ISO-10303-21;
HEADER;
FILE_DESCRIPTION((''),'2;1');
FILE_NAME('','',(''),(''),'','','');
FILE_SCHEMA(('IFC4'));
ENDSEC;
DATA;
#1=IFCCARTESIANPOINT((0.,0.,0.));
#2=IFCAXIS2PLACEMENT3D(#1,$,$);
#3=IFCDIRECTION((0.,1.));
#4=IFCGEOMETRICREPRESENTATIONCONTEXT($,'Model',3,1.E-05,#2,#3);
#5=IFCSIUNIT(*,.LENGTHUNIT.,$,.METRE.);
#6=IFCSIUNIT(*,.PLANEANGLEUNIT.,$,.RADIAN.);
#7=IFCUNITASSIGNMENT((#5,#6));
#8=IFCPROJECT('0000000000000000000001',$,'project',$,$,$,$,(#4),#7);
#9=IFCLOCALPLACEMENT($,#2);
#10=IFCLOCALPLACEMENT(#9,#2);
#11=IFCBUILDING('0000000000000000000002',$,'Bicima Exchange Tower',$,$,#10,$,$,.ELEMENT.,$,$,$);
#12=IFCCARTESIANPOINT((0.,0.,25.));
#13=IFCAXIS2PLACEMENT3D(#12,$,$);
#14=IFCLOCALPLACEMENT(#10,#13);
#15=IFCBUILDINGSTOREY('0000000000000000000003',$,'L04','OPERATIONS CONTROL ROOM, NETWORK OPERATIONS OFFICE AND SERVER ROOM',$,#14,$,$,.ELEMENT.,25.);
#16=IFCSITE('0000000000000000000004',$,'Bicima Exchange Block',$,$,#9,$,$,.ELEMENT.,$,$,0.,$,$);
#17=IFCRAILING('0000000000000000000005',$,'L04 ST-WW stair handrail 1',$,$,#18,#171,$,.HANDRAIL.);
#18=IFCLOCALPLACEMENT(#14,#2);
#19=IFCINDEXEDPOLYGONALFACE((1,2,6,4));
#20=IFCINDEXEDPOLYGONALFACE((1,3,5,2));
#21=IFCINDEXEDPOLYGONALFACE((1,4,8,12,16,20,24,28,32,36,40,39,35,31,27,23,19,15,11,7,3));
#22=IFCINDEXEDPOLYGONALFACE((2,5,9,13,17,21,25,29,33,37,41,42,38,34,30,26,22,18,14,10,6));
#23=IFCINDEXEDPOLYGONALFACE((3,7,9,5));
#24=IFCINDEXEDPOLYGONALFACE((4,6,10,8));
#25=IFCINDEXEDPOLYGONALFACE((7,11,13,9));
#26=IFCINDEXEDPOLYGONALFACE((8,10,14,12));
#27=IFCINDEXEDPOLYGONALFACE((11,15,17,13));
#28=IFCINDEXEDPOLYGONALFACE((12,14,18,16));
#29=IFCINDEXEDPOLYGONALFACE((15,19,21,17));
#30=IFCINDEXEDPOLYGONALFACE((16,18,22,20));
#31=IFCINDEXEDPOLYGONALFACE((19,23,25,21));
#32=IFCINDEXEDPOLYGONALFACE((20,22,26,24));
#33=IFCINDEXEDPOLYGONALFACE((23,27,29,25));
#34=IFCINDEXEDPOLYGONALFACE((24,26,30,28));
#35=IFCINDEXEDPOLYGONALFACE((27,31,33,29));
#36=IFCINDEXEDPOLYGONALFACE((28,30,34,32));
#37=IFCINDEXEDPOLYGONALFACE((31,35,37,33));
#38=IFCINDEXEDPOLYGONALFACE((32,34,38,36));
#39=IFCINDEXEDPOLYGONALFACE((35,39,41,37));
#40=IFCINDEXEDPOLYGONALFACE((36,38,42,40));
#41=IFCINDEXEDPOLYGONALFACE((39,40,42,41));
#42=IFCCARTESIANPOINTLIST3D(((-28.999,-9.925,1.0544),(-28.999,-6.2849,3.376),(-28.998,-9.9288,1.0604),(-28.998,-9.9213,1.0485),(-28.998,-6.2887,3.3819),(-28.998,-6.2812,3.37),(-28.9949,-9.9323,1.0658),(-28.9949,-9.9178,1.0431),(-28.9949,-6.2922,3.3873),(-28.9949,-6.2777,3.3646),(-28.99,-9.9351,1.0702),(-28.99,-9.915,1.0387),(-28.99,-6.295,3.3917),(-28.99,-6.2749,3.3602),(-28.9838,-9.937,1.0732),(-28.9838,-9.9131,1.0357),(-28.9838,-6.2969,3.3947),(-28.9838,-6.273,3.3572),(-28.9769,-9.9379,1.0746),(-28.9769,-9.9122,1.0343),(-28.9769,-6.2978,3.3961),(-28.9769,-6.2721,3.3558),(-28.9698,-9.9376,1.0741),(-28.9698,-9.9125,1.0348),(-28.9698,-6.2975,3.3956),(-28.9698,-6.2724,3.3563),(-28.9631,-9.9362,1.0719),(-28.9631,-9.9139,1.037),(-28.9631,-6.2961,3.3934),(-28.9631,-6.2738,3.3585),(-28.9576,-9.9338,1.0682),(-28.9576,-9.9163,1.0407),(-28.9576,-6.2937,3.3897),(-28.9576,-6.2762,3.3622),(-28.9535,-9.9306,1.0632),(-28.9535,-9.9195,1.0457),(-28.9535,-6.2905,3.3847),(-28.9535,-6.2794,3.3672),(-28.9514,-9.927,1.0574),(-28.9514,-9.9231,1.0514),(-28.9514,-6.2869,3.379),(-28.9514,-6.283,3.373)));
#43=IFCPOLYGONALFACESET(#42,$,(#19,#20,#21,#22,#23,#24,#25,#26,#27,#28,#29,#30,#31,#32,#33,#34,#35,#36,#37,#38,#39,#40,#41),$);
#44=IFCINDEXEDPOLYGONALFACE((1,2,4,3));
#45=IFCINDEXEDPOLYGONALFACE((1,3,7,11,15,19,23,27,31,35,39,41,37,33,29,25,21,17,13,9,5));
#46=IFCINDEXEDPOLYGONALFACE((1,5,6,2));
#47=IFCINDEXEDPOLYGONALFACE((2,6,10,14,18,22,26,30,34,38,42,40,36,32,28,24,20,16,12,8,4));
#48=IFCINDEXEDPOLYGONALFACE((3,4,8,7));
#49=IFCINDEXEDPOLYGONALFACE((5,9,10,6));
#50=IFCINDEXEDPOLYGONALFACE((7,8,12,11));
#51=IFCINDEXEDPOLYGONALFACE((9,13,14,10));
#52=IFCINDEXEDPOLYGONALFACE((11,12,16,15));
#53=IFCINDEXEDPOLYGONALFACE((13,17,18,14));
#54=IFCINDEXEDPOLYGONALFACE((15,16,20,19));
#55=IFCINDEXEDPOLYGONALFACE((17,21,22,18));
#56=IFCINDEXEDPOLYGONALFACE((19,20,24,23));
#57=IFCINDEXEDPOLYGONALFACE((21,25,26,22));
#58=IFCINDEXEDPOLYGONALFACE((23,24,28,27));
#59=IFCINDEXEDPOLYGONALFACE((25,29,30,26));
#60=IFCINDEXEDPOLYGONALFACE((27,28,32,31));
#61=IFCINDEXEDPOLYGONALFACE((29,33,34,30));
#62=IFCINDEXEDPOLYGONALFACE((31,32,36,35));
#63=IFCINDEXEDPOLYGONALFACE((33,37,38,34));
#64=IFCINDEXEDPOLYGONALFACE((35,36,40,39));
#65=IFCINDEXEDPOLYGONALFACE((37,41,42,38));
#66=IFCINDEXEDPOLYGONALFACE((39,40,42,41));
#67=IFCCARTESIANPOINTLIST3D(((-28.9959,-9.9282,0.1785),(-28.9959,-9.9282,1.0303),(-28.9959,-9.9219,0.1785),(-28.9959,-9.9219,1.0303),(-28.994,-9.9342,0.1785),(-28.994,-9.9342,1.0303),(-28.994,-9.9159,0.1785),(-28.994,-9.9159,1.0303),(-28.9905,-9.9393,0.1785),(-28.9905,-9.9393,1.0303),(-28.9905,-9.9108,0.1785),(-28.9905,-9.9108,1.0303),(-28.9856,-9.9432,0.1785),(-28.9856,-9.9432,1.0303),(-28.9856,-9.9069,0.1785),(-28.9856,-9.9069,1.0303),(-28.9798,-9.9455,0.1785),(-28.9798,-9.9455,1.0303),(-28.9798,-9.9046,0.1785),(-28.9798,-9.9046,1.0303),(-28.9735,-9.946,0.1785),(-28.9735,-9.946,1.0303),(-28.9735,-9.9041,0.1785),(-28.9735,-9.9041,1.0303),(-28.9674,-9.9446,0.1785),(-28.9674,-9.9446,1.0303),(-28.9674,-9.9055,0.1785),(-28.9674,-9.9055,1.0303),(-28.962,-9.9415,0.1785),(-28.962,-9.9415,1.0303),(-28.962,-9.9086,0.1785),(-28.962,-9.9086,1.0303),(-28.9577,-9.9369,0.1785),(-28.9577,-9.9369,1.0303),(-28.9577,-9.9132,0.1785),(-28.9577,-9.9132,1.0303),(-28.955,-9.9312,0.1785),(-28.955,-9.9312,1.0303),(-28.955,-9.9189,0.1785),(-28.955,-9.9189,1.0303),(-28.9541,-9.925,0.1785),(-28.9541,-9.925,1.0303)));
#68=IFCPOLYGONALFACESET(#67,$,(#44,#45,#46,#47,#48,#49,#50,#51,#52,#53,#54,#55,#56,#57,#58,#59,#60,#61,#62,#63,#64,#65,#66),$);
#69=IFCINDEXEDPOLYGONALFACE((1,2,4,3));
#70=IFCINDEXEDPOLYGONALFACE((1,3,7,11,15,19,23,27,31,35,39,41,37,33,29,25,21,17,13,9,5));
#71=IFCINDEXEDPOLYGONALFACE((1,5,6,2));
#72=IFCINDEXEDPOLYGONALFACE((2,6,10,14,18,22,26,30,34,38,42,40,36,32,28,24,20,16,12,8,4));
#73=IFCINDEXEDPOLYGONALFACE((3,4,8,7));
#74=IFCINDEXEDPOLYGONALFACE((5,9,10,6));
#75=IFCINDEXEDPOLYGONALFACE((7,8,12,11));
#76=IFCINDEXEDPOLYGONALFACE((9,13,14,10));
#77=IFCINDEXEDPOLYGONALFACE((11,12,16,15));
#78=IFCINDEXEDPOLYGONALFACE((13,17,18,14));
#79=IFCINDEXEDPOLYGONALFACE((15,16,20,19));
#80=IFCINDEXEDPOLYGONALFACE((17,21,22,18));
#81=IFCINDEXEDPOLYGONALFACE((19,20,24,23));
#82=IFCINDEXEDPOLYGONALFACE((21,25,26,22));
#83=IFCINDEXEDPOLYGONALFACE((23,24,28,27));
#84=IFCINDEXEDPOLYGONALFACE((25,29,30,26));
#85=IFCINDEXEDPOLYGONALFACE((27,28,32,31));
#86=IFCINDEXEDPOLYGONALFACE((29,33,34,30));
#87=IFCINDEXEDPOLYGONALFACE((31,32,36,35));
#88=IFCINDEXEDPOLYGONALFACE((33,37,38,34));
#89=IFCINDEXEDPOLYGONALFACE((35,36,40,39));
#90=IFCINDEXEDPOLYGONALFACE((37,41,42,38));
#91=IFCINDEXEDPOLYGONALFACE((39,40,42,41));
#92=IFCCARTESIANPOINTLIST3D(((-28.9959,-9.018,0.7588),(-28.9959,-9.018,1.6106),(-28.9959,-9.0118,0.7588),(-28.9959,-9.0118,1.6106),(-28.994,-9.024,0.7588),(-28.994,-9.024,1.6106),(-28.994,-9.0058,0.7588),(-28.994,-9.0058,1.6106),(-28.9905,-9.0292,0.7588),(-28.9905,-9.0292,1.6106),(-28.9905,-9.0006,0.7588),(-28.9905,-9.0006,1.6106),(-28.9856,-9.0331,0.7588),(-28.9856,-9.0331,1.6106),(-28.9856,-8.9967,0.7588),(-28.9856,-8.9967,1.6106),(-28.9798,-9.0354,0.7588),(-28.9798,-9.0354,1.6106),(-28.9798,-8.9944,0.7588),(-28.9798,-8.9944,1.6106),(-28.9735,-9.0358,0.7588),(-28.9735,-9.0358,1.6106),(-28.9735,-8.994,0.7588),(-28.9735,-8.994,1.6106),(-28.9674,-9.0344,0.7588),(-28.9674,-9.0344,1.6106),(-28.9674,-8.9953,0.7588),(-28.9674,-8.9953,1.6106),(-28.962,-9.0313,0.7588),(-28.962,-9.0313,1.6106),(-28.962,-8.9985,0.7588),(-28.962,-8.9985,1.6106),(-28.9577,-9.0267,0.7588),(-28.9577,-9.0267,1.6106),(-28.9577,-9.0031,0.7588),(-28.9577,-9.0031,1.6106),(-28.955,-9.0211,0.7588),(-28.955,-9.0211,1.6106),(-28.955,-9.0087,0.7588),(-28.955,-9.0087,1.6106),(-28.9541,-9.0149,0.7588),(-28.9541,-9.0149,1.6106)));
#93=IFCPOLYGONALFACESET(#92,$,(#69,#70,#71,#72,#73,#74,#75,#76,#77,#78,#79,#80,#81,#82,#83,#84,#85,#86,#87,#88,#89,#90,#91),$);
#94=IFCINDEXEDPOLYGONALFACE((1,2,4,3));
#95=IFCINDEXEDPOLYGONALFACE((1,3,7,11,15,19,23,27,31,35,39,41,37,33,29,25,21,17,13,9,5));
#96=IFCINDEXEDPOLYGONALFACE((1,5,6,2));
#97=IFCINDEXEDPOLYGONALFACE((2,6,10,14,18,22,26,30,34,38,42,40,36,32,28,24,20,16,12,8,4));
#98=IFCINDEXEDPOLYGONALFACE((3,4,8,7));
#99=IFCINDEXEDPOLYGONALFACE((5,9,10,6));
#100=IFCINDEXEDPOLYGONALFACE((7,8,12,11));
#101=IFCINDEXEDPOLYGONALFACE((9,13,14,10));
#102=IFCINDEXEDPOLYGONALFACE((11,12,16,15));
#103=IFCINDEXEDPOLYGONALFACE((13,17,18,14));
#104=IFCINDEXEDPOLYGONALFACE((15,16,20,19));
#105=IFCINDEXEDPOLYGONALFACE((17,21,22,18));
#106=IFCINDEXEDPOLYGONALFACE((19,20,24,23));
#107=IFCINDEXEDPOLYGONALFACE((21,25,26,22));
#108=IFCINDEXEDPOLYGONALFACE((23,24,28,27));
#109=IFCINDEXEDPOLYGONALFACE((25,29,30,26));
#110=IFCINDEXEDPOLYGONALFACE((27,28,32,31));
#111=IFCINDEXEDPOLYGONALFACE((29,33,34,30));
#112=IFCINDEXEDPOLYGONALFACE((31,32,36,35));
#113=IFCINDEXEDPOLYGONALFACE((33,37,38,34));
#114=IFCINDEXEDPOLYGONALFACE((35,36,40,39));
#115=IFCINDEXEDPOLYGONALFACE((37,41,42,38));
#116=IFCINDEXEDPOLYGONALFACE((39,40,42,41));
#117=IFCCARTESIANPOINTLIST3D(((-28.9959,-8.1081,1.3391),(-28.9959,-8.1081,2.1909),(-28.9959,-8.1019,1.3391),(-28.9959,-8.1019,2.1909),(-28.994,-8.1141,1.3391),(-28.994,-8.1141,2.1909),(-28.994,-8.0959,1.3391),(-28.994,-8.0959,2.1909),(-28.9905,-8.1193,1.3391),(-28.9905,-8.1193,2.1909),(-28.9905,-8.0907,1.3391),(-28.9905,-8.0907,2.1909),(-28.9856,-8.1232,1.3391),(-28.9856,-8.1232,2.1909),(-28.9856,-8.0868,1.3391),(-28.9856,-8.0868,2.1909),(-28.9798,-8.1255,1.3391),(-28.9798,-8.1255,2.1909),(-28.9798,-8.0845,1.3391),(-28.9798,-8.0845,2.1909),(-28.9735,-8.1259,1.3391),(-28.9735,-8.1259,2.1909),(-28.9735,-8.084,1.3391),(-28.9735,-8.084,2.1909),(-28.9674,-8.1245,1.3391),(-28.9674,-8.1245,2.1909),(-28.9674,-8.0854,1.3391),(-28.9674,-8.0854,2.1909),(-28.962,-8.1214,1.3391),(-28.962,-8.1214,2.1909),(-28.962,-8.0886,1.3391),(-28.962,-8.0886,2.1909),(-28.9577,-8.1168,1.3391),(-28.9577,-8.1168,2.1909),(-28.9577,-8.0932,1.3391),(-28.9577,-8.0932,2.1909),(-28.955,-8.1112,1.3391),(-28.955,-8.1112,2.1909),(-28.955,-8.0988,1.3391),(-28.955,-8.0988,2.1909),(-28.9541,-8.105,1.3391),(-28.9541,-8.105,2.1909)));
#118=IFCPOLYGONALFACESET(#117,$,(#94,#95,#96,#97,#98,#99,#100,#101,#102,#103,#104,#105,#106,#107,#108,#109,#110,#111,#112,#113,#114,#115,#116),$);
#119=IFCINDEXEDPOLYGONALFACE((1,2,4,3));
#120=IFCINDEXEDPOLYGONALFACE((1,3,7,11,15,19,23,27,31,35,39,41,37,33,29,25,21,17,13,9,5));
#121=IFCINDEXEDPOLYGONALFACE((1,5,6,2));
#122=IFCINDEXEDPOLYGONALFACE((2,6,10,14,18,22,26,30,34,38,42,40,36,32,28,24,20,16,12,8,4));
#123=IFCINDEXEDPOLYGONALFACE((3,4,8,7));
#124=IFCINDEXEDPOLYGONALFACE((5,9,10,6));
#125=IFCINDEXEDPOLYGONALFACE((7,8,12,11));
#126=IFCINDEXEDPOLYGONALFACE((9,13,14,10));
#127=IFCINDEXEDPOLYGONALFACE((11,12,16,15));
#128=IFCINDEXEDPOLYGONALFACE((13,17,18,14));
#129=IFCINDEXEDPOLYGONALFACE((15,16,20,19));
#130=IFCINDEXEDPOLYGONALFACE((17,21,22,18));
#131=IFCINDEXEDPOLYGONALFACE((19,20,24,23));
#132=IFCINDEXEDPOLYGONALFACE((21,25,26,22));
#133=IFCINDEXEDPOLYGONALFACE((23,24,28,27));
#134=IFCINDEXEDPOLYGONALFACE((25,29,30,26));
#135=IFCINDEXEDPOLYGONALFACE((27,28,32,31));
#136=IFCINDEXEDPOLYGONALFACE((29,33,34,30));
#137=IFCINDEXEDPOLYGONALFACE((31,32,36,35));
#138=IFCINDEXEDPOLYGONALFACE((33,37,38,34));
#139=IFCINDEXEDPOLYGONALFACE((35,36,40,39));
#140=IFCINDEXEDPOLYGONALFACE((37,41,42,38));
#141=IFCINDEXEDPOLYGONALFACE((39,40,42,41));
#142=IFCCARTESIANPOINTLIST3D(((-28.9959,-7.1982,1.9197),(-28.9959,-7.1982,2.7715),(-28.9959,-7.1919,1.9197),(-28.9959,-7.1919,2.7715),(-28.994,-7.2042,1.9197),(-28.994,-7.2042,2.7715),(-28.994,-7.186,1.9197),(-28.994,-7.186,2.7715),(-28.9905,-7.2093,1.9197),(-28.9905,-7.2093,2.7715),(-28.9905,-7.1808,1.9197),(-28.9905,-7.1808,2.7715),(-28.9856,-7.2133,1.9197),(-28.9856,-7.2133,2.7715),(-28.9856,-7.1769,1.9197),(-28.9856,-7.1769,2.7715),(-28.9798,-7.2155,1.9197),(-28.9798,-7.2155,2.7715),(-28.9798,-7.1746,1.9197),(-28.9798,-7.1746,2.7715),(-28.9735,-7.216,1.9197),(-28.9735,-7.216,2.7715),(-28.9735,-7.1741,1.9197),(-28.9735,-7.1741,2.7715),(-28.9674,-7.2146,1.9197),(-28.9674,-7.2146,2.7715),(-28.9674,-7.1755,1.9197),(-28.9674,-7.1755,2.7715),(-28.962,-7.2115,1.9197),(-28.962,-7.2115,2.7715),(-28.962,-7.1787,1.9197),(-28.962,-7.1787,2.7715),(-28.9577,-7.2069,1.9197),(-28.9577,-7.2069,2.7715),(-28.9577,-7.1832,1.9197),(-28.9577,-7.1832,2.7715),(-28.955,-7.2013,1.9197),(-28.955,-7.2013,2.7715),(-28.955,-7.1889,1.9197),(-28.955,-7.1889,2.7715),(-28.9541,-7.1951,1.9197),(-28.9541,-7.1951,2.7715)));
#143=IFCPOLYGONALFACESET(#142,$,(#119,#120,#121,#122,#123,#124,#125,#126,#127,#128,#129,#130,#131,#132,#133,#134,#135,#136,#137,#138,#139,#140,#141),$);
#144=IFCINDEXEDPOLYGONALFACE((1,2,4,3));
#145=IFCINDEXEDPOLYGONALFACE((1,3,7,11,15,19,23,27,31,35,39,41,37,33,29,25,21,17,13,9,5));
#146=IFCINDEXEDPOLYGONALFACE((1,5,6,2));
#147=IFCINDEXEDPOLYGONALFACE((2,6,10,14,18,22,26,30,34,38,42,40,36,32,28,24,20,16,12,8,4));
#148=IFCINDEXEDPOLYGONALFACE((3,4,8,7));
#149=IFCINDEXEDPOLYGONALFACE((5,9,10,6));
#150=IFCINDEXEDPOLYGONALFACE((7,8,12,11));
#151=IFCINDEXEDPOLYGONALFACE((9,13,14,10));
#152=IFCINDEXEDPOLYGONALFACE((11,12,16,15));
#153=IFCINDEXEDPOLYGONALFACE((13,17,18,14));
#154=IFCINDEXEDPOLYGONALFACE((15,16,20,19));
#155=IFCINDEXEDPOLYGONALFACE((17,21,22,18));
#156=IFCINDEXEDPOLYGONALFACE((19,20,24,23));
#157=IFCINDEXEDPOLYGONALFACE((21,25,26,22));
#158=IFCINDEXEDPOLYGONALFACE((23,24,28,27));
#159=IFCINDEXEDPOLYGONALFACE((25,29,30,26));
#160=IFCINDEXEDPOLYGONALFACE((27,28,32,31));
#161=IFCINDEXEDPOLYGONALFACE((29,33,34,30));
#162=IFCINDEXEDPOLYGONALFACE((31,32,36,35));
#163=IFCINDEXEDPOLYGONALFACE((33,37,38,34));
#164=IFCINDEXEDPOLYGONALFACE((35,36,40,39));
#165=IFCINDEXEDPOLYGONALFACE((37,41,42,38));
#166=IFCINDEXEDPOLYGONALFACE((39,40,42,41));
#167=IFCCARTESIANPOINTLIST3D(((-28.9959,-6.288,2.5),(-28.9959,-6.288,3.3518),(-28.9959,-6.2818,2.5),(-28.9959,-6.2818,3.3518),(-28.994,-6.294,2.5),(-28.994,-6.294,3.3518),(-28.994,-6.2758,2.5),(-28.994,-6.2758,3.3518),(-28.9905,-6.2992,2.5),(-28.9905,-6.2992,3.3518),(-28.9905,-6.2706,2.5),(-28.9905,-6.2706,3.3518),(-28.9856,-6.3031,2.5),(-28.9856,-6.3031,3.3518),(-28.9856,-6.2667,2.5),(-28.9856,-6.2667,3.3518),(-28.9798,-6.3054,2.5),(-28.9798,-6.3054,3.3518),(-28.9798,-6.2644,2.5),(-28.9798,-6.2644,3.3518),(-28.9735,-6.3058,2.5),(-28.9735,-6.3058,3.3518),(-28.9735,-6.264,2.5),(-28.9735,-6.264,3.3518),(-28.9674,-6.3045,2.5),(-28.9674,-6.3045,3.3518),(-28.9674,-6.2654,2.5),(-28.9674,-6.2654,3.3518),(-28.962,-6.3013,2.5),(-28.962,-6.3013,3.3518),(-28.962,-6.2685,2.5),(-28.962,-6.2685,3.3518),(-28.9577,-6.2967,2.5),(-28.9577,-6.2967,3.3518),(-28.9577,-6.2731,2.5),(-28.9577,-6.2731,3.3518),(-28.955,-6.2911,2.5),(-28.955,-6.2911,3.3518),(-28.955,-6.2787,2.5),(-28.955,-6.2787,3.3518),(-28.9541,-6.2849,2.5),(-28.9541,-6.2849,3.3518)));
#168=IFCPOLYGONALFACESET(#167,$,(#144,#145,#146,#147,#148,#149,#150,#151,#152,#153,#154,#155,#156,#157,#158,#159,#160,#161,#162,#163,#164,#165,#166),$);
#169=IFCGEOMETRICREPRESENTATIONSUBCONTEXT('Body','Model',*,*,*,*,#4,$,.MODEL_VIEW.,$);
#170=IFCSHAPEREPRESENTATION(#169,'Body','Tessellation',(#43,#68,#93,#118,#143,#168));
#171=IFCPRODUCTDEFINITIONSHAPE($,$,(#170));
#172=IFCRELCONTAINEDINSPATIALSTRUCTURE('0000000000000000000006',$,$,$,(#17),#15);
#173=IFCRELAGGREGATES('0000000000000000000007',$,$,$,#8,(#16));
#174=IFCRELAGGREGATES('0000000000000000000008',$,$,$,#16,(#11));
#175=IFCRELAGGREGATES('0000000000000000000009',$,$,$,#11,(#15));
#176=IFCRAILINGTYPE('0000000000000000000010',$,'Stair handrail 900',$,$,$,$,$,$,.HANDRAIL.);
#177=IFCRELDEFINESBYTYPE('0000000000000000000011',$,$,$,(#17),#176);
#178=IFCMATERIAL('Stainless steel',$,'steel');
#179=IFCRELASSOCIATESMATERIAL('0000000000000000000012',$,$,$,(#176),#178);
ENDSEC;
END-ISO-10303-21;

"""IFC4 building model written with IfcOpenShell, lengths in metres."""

from ifc_helpers import new_model, si_unit, direction, frame, origin, origin_2d, place, context, subcontext, project, spatial, circle, extrude, material, type_object, element, save


model = new_model("IFC4")

# Units and contexts
model_context = context("Model", 3, precision=1e-05, world=origin(), true_north=direction((0.0, 1.0)))
body_context = subcontext(model_context, "Body", "Model", "MODEL_VIEW")
ifc_project = project(units=[si_unit("LENGTHUNIT", "METRE"), si_unit("PLANEANGLEUNIT", "RADIAN")], contexts=[model_context])

# Site, building, storey
site_placement = place(None, origin())
site = spatial("IfcSite", under=ifc_project, at=site_placement, Name="Bicima Exchange Block", CompositionType="ELEMENT", RefElevation=0.0)
building_placement = place(site_placement, origin())
building = spatial("IfcBuilding", under=site, at=building_placement, Name="Bicima Exchange Tower", CompositionType="ELEMENT")
storey_placement = place(building_placement, frame((0.0, 0.0, 25.0)))
storey = spatial("IfcBuildingStorey", under=building, at=storey_placement, Name="L04", Description="OPERATIONS CONTROL ROOM, NETWORK OPERATIONS OFFICE AND SERVER ROOM", CompositionType="ELEMENT", Elevation=25.0)

# Railing
ifc_material_1 = material(Name="Stainless steel", Category="steel")
railing_type_1 = type_object("IfcRailingType", Name="Stair handrail 900", PredefinedType="HANDRAIL", material=ifc_material_1)
railing_1_placement = place(storey_placement, frame((-28.9751, -9.925, 0.1785)))
element("IfcRailing", 1, at=railing_1_placement, inside=storey, type_object=railing_type_1, Name="L04 ST-WW stair handrail 1", PredefinedType="HANDRAIL", context=body_context, shape_type="SweptSolid", body=[
    extrude(circle(Radius=0.0239, at=origin_2d()), frame((0.0, 0.0, 0.876), z_axis=(0.0, 0.843128, 0.537713), x_axis=(-1.0, 0.0, 0.0)), (0.0, 0.0, 1.0), 4.3174),
    extrude(circle(Radius=0.021, at=origin_2d()), origin(), (0.0, 0.0, 1.0), 0.8518),
    extrude(circle(Radius=0.021, at=origin_2d()), frame((0.0, 0.9102, 0.5803)), (0.0, 0.0, 1.0), 0.8518),
    extrude(circle(Radius=0.021, at=origin_2d()), frame((0.0, 1.8201, 1.1606)), (0.0, 0.0, 1.0), 0.8518),
    extrude(circle(Radius=0.021, at=origin_2d()), frame((0.0, 2.73, 1.7412)), (0.0, 0.0, 1.0), 0.8518),
    extrude(circle(Radius=0.021, at=origin_2d()), frame((0.0, 3.6401, 2.3215)), (0.0, 0.0, 1.0), 0.8518),
])

save(model, "model.ifc")
